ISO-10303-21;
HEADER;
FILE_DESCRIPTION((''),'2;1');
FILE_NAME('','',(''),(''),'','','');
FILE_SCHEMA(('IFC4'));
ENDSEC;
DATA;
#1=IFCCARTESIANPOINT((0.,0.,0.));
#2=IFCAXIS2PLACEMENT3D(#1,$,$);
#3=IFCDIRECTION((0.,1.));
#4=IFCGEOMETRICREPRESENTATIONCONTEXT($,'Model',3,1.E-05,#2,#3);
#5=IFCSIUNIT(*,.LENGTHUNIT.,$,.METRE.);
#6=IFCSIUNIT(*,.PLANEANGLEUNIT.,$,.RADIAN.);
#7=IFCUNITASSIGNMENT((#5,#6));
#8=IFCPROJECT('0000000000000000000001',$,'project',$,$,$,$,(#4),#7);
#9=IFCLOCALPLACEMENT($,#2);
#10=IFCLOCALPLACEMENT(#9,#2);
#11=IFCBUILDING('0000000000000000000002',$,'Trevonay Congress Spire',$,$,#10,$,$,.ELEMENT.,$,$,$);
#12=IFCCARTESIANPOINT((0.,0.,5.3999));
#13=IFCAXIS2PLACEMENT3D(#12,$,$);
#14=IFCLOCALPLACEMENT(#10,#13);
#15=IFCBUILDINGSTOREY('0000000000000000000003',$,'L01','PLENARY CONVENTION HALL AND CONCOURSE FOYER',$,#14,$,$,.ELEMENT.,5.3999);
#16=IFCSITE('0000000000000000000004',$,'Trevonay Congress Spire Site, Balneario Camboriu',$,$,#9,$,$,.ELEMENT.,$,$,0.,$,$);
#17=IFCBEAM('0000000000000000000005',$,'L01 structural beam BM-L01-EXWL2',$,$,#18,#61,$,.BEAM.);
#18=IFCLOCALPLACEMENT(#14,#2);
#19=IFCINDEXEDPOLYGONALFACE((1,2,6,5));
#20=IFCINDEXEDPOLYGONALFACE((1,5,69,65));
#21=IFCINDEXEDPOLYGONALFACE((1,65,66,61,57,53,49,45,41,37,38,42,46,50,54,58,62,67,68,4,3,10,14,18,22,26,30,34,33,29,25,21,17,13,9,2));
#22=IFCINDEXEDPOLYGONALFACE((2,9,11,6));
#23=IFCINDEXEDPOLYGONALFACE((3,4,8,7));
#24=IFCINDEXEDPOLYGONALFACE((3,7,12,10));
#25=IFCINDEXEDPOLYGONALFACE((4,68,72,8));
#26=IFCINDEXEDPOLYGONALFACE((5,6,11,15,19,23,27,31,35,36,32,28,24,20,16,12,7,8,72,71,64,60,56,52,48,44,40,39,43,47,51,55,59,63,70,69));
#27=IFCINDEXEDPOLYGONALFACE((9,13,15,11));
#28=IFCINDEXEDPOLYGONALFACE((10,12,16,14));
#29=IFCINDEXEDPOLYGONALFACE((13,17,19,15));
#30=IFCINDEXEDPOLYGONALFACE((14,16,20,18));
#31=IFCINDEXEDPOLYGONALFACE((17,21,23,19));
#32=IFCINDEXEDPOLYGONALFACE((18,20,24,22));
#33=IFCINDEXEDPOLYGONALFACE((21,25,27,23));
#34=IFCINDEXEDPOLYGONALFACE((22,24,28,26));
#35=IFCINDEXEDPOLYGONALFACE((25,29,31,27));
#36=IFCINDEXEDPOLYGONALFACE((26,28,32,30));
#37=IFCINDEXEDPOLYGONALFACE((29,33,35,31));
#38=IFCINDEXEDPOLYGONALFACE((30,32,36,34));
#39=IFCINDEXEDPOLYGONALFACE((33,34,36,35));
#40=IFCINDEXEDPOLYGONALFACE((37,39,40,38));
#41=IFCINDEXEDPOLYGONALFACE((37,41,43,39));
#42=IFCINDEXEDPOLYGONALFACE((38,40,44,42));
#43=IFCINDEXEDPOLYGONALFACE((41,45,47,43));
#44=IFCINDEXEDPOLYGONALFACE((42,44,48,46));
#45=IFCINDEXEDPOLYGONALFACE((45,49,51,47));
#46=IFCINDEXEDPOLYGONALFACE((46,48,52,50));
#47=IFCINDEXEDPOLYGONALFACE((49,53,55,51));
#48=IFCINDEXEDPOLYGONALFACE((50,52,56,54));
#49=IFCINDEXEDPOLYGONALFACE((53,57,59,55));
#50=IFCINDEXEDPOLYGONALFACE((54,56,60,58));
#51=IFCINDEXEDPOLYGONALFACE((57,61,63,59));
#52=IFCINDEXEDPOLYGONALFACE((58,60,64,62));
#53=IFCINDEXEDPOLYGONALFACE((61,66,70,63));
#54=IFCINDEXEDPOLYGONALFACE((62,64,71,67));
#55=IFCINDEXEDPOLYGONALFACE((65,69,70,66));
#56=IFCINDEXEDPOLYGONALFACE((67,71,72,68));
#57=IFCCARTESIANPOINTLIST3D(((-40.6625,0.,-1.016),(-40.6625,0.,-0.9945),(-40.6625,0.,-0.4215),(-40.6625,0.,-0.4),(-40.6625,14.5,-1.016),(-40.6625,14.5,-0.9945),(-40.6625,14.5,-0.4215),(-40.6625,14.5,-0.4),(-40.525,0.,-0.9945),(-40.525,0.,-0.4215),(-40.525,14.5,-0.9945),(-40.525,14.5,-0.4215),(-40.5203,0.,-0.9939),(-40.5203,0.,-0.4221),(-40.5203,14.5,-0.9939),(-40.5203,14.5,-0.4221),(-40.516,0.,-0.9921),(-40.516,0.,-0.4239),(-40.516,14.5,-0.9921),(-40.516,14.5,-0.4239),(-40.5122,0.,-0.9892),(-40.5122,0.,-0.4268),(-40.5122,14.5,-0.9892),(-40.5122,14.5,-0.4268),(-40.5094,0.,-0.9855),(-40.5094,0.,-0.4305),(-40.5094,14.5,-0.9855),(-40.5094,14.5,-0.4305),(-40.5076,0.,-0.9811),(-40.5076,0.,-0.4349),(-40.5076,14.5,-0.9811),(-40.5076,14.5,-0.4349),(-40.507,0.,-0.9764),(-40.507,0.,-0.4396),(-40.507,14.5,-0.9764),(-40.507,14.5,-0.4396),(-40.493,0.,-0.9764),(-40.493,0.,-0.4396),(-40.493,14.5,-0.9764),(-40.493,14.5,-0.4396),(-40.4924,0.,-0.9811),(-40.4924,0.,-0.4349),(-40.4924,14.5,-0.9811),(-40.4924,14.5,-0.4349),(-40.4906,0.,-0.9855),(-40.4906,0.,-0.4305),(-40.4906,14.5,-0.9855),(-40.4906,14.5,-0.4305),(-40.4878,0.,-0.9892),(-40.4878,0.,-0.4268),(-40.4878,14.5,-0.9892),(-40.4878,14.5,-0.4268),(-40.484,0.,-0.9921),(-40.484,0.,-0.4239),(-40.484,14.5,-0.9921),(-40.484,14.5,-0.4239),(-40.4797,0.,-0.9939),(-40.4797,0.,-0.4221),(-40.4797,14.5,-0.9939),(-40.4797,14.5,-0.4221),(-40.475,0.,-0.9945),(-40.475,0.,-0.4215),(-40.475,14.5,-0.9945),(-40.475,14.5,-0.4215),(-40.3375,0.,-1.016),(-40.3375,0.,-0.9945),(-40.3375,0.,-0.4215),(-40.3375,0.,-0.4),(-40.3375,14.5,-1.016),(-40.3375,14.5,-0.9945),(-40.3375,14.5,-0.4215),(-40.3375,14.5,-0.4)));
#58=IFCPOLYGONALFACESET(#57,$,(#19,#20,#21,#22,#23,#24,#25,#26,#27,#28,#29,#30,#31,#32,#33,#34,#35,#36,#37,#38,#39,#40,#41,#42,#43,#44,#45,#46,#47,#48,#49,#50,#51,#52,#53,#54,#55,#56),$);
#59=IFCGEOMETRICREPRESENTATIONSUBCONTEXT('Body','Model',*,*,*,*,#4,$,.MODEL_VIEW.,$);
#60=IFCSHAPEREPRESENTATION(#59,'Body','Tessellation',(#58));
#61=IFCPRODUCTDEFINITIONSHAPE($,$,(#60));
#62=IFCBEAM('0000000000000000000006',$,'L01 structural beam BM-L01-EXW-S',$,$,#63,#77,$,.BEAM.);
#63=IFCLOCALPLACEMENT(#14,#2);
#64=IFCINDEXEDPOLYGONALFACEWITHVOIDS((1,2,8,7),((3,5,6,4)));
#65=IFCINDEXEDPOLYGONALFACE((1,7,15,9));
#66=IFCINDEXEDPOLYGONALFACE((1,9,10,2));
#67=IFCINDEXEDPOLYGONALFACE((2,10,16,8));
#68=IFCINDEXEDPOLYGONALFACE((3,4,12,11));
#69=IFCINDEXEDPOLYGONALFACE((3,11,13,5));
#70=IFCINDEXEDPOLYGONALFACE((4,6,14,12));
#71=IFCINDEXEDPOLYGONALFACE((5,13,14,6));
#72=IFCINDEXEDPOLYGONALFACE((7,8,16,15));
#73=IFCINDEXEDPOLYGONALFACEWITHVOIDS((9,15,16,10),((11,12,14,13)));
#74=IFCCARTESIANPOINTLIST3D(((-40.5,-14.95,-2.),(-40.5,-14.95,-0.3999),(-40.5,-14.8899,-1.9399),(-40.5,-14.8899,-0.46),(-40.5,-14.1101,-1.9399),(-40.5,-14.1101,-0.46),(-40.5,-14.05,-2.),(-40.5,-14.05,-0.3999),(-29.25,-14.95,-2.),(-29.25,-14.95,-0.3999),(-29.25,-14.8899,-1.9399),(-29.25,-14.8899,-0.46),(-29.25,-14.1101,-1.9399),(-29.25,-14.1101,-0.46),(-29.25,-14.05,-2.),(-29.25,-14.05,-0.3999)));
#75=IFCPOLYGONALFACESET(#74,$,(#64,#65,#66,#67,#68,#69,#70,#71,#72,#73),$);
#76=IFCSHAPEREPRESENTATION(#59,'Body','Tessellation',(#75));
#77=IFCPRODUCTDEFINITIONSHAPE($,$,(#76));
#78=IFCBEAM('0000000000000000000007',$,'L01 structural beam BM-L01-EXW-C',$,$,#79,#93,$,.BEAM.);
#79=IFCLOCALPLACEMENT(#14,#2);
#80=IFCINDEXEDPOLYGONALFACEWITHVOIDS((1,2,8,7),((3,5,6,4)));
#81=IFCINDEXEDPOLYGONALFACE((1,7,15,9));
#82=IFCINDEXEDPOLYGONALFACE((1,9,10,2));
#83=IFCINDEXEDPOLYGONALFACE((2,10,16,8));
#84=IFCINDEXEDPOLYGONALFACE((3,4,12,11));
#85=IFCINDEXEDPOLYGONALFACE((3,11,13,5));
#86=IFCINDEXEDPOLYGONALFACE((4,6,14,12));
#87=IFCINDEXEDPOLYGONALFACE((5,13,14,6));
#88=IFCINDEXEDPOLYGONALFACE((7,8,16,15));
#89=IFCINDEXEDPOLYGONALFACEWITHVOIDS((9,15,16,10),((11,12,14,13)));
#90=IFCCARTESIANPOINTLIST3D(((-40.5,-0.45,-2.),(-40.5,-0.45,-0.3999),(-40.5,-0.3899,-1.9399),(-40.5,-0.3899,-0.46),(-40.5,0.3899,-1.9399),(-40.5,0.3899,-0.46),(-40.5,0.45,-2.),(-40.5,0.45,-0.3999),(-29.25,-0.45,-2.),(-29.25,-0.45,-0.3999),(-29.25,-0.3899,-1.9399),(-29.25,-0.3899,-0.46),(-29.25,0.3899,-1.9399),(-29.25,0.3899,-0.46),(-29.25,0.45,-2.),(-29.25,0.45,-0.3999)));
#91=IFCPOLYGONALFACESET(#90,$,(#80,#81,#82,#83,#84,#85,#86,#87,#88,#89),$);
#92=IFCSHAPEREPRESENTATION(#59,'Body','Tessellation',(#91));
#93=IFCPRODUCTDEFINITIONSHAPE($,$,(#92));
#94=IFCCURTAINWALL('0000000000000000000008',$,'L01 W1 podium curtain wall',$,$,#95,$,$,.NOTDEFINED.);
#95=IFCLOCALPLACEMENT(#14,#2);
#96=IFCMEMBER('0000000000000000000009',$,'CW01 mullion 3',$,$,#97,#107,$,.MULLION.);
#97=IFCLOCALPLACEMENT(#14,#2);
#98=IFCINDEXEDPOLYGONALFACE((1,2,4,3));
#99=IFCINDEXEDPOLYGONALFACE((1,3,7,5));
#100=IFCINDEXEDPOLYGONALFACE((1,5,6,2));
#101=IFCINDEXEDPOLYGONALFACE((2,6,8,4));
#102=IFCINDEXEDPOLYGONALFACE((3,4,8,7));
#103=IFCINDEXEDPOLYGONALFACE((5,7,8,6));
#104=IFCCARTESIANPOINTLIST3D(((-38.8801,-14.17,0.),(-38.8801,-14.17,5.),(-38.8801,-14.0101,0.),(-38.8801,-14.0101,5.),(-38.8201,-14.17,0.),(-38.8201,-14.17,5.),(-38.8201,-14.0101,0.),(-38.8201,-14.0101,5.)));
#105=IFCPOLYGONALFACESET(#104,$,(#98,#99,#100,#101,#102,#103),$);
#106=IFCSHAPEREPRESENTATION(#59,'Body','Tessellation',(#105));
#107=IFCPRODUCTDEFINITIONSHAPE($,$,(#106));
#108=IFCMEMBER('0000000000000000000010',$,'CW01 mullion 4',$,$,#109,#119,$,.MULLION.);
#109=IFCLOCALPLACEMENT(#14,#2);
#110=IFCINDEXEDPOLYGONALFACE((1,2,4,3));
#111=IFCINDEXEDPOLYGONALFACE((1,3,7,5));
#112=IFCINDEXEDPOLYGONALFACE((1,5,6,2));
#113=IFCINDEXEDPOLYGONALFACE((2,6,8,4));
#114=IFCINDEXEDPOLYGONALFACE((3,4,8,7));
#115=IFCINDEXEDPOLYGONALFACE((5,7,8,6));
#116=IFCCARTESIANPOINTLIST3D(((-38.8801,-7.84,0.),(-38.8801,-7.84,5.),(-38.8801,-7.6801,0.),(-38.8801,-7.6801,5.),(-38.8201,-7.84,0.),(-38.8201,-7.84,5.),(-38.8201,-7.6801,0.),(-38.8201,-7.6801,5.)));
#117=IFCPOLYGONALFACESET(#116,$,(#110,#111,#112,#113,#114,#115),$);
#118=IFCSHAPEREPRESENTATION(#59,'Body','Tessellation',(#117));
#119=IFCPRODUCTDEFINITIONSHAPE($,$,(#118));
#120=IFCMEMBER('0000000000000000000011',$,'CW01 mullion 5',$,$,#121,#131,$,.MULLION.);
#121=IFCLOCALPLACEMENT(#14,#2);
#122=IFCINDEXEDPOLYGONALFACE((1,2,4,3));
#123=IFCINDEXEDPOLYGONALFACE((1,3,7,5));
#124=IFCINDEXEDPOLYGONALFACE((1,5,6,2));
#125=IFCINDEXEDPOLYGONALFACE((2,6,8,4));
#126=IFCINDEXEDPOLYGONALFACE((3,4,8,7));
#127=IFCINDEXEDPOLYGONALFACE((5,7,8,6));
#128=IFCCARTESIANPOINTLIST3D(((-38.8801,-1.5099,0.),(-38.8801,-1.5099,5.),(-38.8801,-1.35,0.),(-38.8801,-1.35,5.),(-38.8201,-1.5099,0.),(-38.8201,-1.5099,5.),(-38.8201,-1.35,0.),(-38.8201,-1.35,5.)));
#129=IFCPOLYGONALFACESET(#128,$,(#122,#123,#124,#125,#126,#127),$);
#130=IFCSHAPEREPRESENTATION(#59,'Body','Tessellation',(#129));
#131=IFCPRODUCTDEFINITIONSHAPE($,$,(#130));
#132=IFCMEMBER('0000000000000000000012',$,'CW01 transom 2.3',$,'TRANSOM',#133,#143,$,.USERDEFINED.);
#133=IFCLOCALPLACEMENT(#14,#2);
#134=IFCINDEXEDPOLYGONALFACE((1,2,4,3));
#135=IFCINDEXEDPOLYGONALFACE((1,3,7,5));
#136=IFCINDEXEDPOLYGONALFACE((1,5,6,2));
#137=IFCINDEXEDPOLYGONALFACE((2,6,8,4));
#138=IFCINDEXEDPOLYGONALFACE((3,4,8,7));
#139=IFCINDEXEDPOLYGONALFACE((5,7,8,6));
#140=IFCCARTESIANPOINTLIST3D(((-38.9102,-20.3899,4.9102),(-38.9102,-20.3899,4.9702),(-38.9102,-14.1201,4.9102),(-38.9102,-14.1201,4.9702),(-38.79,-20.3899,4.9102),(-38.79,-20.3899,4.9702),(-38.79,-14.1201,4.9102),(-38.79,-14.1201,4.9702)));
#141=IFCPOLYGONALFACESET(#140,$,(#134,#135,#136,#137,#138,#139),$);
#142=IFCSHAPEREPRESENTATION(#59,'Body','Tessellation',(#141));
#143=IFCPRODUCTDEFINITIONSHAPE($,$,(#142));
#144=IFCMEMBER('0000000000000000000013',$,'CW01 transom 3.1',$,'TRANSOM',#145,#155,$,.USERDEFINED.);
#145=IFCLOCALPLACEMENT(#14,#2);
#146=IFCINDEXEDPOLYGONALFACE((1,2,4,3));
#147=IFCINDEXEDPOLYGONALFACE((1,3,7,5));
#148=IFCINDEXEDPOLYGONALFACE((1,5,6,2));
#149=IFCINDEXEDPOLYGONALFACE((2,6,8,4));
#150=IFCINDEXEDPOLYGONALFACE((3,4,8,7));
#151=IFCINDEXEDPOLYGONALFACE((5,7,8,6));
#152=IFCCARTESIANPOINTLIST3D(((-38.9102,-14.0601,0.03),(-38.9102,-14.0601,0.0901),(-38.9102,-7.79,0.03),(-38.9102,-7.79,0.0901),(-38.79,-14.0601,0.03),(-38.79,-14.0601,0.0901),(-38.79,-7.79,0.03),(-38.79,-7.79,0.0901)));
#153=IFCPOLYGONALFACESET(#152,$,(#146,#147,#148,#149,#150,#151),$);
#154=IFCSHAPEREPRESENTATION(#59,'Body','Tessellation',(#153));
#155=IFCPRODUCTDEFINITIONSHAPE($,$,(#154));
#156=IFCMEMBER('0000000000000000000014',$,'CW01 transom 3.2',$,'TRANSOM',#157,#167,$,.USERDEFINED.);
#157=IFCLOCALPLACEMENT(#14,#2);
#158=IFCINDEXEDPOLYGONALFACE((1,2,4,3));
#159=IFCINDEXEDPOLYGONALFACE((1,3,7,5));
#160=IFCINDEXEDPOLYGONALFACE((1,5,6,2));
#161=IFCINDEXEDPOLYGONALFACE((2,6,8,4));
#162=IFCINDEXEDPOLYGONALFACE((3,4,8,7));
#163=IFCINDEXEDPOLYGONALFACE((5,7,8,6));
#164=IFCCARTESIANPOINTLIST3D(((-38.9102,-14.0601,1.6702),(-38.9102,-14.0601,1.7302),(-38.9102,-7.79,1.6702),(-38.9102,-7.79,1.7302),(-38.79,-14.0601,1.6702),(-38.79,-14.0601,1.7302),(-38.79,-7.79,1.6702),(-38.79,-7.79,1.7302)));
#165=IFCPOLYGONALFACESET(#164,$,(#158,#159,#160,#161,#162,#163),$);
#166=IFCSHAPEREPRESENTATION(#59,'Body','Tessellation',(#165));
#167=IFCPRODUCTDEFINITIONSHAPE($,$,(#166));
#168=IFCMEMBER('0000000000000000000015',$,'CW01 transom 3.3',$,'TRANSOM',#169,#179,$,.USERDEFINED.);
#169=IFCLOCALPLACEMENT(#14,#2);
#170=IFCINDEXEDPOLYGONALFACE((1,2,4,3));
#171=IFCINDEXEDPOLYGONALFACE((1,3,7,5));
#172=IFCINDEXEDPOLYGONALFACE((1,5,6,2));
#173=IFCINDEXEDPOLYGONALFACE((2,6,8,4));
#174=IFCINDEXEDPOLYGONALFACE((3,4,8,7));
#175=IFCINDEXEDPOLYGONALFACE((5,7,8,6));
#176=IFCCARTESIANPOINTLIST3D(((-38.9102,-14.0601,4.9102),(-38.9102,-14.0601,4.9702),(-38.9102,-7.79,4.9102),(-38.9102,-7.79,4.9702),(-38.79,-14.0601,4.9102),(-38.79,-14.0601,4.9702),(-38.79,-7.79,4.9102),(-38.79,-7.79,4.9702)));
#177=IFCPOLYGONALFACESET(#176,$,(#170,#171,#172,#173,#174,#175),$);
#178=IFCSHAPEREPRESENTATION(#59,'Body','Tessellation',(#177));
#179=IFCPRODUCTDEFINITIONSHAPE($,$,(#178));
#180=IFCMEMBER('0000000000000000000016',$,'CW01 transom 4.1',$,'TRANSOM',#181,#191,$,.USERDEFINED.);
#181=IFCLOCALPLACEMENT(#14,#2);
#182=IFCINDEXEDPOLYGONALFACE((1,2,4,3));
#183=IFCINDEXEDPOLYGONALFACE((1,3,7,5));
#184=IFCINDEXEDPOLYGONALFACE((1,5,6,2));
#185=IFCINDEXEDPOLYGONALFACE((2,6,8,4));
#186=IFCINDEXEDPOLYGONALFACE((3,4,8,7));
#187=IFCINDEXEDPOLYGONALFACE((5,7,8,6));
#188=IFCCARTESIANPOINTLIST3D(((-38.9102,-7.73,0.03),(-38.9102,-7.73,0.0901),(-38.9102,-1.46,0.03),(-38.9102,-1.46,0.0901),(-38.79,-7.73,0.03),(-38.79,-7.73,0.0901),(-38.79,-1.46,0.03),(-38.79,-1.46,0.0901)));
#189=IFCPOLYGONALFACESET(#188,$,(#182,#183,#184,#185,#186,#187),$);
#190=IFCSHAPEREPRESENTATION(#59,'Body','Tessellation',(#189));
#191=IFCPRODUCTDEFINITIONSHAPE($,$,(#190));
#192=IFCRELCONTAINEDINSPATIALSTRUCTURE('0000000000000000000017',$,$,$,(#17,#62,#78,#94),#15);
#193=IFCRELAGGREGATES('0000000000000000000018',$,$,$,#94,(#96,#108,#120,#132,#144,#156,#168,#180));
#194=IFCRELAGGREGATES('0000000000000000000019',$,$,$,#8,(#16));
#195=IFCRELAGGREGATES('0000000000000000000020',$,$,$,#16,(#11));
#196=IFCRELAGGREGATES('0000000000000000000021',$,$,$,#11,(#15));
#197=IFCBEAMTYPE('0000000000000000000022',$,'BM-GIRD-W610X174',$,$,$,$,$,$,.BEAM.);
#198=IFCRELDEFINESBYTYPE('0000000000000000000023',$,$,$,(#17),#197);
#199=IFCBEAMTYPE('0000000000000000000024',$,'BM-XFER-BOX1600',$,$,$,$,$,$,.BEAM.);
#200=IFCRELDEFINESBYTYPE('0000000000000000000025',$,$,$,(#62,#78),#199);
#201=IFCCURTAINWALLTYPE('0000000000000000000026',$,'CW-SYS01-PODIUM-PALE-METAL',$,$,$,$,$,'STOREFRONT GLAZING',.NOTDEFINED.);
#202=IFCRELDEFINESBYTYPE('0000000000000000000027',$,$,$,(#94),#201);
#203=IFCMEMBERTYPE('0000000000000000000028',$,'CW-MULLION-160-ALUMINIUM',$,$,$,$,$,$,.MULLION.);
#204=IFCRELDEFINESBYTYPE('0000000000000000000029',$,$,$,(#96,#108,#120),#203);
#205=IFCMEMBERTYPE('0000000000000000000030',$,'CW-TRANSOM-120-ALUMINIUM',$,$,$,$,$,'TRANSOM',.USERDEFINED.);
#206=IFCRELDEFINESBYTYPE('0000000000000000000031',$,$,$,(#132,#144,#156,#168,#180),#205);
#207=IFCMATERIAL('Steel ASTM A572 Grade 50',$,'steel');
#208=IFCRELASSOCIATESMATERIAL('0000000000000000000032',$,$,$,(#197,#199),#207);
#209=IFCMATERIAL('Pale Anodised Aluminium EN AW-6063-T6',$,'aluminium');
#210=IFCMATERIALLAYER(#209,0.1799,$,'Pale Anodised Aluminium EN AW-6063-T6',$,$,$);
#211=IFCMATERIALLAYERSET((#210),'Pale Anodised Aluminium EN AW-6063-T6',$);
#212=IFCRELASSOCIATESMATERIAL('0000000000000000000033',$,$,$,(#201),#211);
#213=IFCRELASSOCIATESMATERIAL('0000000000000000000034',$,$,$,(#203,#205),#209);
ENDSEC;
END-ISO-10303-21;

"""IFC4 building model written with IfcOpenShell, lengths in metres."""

from ifc_helpers import new_model, si_unit, direction, frame, origin, origin_2d, place, context, subcontext, project, spatial, rectangle, hollow_rectangle, i_section, extrude, material, layer, layer_set, material_profile, profile_set, type_object, element, aggregate, save


model = new_model("IFC4")

# Units and contexts
model_context = context("Model", 3, precision=1e-05, world=origin(), true_north=direction((0.0, 1.0)))
body_context = subcontext(model_context, "Body", "Model", "MODEL_VIEW")
ifc_project = project(units=[si_unit("LENGTHUNIT", "METRE"), si_unit("PLANEANGLEUNIT", "RADIAN")], contexts=[model_context])

# Site, building, storey
site_placement = place(None, origin())
site = spatial("IfcSite", under=ifc_project, at=site_placement, Name="Trevonay Congress Spire Site, Balneario Camboriu", CompositionType="ELEMENT", RefElevation=0.0)
building_placement = place(site_placement, origin())
building = spatial("IfcBuilding", under=site, at=building_placement, Name="Trevonay Congress Spire", CompositionType="ELEMENT")
storey_placement = place(building_placement, frame((0.0, 0.0, 5.3999)))
storey = spatial("IfcBuildingStorey", under=building, at=storey_placement, Name="L01", Description="PLENARY CONVENTION HALL AND CONCOURSE FOYER", CompositionType="ELEMENT", Elevation=5.3999)

# Shared definitions
ifc_material_1 = material(Name="Steel ASTM A572 Grade 50", Category="steel")

# Beams
ifc_material_profile_1 = material_profile(ifc_material_1, i_section(OverallWidth=0.325, OverallDepth=0.616, WebThickness=0.0139, FlangeThickness=0.0215, FilletRadius=0.0181, at=origin_2d()), Name="W610x174")
ifc_profile_set_1 = profile_set([ifc_material_profile_1], Name="Steel ASTM A572 Grade 50")
beam_type_1 = type_object("IfcBeamType", Name="BM-GIRD-W610X174", PredefinedType="BEAM", material=ifc_profile_set_1)
for number, where, z_axis, x_axis, name in (
    (1, (-40.5, 0.0, -0.708), (0.0, 1.0, 0.0), (-1.0, 0.0, 0.0), "L01 structural beam BM-L01-EXWL2"),
):
    element("IfcBeam", number, at=place(storey_placement, frame(where, z_axis=z_axis, x_axis=x_axis)), inside=storey, type_object=beam_type_1, Name=name, PredefinedType="BEAM", context=body_context, shape_type="SweptSolid", body=[
        extrude(i_section(OverallWidth=0.325, OverallDepth=0.616, WebThickness=0.0139, FlangeThickness=0.0215, FilletRadius=0.0181, at=origin_2d()), origin(), (0.0, 0.0, 1.0), 14.5),
    ])
ifc_material_profile_2 = material_profile(ifc_material_1, hollow_rectangle(XDim=0.8999, YDim=1.6001, WallThickness=0.0601, at=origin_2d()), Name="BOX 1600x900x60")
ifc_profile_set_2 = profile_set([ifc_material_profile_2], Name="Steel ASTM A572 Grade 50")
beam_type_2 = type_object("IfcBeamType", Name="BM-XFER-BOX1600", PredefinedType="BEAM", material=ifc_profile_set_2)
for number, where, z_axis, x_axis, name in (
    (2, (-29.25, -14.5, -1.2), (-1.0, 0.0, 0.0), (0.0, -1.0, 0.0), "L01 structural beam BM-L01-EXW-S"),
    (3, (-29.25, 0.0, -1.2), (-1.0, 0.0, 0.0), (0.0, -1.0, 0.0), "L01 structural beam BM-L01-EXW-C"),
):
    element("IfcBeam", number, at=place(storey_placement, frame(where, z_axis=z_axis, x_axis=x_axis)), inside=storey, type_object=beam_type_2, Name=name, PredefinedType="BEAM", context=body_context, shape_type="SweptSolid", body=[
        extrude(hollow_rectangle(XDim=0.8999, YDim=1.6001, WallThickness=0.0601, at=origin_2d()), origin(), (0.0, 0.0, 1.0), 11.25),
    ])

# Curtain wall, members
ifc_material_2 = material(Name="Pale Anodised Aluminium EN AW-6063-T6", Category="aluminium")
ifc_layer_1 = layer(ifc_material_2, 0.1799, Name="Pale Anodised Aluminium EN AW-6063-T6")
ifc_layer_set_1 = layer_set([ifc_layer_1], Name="Pale Anodised Aluminium EN AW-6063-T6")
curtain_wall_type = type_object("IfcCurtainWallType", Name="CW-SYS01-PODIUM-PALE-METAL", ElementType="STOREFRONT GLAZING", PredefinedType="NOTDEFINED", material=ifc_layer_set_1)
curtain_wall_placement = place(storey_placement, origin())
curtain_wall = element("IfcCurtainWall", 4, at=curtain_wall_placement, inside=storey, type_object=curtain_wall_type, Name="L01 W1 podium curtain wall", PredefinedType="NOTDEFINED")
ifc_material_profile_3 = material_profile(ifc_material_2, rectangle(XDim=0.0601, YDim=0.1599, at=origin_2d()), Name="CW-MULLION-160-ALUMINIUM")
ifc_profile_set_3 = profile_set([ifc_material_profile_3], Name="Pale Anodised Aluminium EN AW-6063-T6")
member_type_1 = type_object("IfcMemberType", Name="CW-MULLION-160-ALUMINIUM", PredefinedType="MULLION", material=ifc_profile_set_3)
member_1_placement = place(storey_placement, frame((-38.8501, -14.0901, 0.0), z_axis=(0.0, 0.0, 1.0), x_axis=(-1.0, 0.0, 0.0)))
member_1 = element("IfcMember", 5, at=member_1_placement, type_object=member_type_1, Name="CW01 mullion 3", PredefinedType="MULLION", context=body_context, shape_type="SweptSolid", body=[
    extrude(rectangle(XDim=0.0601, YDim=0.1599, at=origin_2d()), origin(), (0.0, 0.0, 1.0), 5.0),
])
member_2_placement = place(storey_placement, frame((-38.8501, -7.76, 0.0), z_axis=(0.0, 0.0, 1.0), x_axis=(-1.0, 0.0, 0.0)))
member_2 = element("IfcMember", 6, at=member_2_placement, type_object=member_type_1, Name="CW01 mullion 4", PredefinedType="MULLION", context=body_context, shape_type="SweptSolid", body=[
    extrude(rectangle(XDim=0.0601, YDim=0.1599, at=origin_2d()), origin(), (0.0, 0.0, 1.0), 5.0),
])
member_3_placement = place(storey_placement, frame((-38.8501, -1.4299, 0.0), z_axis=(0.0, 0.0, 1.0), x_axis=(-1.0, 0.0, 0.0)))
member_3 = element("IfcMember", 7, at=member_3_placement, type_object=member_type_1, Name="CW01 mullion 5", PredefinedType="MULLION", context=body_context, shape_type="SweptSolid", body=[
    extrude(rectangle(XDim=0.0601, YDim=0.1599, at=origin_2d()), origin(), (0.0, 0.0, 1.0), 5.0),
])
ifc_material_profile_4 = material_profile(ifc_material_2, rectangle(XDim=0.1201, YDim=0.0601, at=origin_2d()), Name="CW-TRANSOM-120-ALUMINIUM")
ifc_profile_set_4 = profile_set([ifc_material_profile_4], Name="Pale Anodised Aluminium EN AW-6063-T6")
member_type_2 = type_object("IfcMemberType", Name="CW-TRANSOM-120-ALUMINIUM", ElementType="TRANSOM", PredefinedType="USERDEFINED", material=ifc_profile_set_4)
member_4_placement = place(storey_placement, frame((-38.8501, -20.3899, 4.9402), z_axis=(0.0, 1.0, 0.0), x_axis=(-1.0, 0.0, 0.0)))
member_4 = element("IfcMember", 8, at=member_4_placement, type_object=member_type_2, Name="CW01 transom 2.3", ObjectType="TRANSOM", PredefinedType="USERDEFINED", context=body_context, shape_type="SweptSolid", body=[
    extrude(rectangle(XDim=0.1201, YDim=0.0601, at=origin_2d()), origin(), (0.0, 0.0, 1.0), 6.2698),
])
member_5_placement = place(storey_placement, frame((-38.8501, -14.0601, 0.0601), z_axis=(0.0, 1.0, 0.0), x_axis=(-1.0, 0.0, 0.0)))
member_5 = element("IfcMember", 9, at=member_5_placement, type_object=member_type_2, Name="CW01 transom 3.1", ObjectType="TRANSOM", PredefinedType="USERDEFINED", context=body_context, shape_type="SweptSolid", body=[
    extrude(rectangle(XDim=0.1201, YDim=0.0601, at=origin_2d()), origin(), (0.0, 0.0, 1.0), 6.27),
])
member_6_placement = place(storey_placement, frame((-38.8501, -14.0601, 1.7002), z_axis=(0.0, 1.0, 0.0), x_axis=(-1.0, 0.0, 0.0)))
member_6 = element("IfcMember", 10, at=member_6_placement, type_object=member_type_2, Name="CW01 transom 3.2", ObjectType="TRANSOM", PredefinedType="USERDEFINED", context=body_context, shape_type="SweptSolid", body=[
    extrude(rectangle(XDim=0.1201, YDim=0.0601, at=origin_2d()), origin(), (0.0, 0.0, 1.0), 6.27),
])
member_7_placement = place(storey_placement, frame((-38.8501, -14.0601, 4.9402), z_axis=(0.0, 1.0, 0.0), x_axis=(-1.0, 0.0, 0.0)))
member_7 = element("IfcMember", 11, at=member_7_placement, type_object=member_type_2, Name="CW01 transom 3.3", ObjectType="TRANSOM", PredefinedType="USERDEFINED", context=body_context, shape_type="SweptSolid", body=[
    extrude(rectangle(XDim=0.1201, YDim=0.0601, at=origin_2d()), origin(), (0.0, 0.0, 1.0), 6.27),
])
member_8_placement = place(storey_placement, frame((-38.8501, -7.73, 0.0601), z_axis=(0.0, 1.0, 0.0), x_axis=(-1.0, 0.0, 0.0)))
member_8 = element("IfcMember", 12, at=member_8_placement, type_object=member_type_2, Name="CW01 transom 4.1", ObjectType="TRANSOM", PredefinedType="USERDEFINED", context=body_context, shape_type="SweptSolid", body=[
    extrude(rectangle(XDim=0.1201, YDim=0.0601, at=origin_2d()), origin(), (0.0, 0.0, 1.0), 6.27),
])
aggregate(curtain_wall, [member_1, member_2, member_3, member_4, member_5, member_6, member_7, member_8])

save(model, "model.ifc")
